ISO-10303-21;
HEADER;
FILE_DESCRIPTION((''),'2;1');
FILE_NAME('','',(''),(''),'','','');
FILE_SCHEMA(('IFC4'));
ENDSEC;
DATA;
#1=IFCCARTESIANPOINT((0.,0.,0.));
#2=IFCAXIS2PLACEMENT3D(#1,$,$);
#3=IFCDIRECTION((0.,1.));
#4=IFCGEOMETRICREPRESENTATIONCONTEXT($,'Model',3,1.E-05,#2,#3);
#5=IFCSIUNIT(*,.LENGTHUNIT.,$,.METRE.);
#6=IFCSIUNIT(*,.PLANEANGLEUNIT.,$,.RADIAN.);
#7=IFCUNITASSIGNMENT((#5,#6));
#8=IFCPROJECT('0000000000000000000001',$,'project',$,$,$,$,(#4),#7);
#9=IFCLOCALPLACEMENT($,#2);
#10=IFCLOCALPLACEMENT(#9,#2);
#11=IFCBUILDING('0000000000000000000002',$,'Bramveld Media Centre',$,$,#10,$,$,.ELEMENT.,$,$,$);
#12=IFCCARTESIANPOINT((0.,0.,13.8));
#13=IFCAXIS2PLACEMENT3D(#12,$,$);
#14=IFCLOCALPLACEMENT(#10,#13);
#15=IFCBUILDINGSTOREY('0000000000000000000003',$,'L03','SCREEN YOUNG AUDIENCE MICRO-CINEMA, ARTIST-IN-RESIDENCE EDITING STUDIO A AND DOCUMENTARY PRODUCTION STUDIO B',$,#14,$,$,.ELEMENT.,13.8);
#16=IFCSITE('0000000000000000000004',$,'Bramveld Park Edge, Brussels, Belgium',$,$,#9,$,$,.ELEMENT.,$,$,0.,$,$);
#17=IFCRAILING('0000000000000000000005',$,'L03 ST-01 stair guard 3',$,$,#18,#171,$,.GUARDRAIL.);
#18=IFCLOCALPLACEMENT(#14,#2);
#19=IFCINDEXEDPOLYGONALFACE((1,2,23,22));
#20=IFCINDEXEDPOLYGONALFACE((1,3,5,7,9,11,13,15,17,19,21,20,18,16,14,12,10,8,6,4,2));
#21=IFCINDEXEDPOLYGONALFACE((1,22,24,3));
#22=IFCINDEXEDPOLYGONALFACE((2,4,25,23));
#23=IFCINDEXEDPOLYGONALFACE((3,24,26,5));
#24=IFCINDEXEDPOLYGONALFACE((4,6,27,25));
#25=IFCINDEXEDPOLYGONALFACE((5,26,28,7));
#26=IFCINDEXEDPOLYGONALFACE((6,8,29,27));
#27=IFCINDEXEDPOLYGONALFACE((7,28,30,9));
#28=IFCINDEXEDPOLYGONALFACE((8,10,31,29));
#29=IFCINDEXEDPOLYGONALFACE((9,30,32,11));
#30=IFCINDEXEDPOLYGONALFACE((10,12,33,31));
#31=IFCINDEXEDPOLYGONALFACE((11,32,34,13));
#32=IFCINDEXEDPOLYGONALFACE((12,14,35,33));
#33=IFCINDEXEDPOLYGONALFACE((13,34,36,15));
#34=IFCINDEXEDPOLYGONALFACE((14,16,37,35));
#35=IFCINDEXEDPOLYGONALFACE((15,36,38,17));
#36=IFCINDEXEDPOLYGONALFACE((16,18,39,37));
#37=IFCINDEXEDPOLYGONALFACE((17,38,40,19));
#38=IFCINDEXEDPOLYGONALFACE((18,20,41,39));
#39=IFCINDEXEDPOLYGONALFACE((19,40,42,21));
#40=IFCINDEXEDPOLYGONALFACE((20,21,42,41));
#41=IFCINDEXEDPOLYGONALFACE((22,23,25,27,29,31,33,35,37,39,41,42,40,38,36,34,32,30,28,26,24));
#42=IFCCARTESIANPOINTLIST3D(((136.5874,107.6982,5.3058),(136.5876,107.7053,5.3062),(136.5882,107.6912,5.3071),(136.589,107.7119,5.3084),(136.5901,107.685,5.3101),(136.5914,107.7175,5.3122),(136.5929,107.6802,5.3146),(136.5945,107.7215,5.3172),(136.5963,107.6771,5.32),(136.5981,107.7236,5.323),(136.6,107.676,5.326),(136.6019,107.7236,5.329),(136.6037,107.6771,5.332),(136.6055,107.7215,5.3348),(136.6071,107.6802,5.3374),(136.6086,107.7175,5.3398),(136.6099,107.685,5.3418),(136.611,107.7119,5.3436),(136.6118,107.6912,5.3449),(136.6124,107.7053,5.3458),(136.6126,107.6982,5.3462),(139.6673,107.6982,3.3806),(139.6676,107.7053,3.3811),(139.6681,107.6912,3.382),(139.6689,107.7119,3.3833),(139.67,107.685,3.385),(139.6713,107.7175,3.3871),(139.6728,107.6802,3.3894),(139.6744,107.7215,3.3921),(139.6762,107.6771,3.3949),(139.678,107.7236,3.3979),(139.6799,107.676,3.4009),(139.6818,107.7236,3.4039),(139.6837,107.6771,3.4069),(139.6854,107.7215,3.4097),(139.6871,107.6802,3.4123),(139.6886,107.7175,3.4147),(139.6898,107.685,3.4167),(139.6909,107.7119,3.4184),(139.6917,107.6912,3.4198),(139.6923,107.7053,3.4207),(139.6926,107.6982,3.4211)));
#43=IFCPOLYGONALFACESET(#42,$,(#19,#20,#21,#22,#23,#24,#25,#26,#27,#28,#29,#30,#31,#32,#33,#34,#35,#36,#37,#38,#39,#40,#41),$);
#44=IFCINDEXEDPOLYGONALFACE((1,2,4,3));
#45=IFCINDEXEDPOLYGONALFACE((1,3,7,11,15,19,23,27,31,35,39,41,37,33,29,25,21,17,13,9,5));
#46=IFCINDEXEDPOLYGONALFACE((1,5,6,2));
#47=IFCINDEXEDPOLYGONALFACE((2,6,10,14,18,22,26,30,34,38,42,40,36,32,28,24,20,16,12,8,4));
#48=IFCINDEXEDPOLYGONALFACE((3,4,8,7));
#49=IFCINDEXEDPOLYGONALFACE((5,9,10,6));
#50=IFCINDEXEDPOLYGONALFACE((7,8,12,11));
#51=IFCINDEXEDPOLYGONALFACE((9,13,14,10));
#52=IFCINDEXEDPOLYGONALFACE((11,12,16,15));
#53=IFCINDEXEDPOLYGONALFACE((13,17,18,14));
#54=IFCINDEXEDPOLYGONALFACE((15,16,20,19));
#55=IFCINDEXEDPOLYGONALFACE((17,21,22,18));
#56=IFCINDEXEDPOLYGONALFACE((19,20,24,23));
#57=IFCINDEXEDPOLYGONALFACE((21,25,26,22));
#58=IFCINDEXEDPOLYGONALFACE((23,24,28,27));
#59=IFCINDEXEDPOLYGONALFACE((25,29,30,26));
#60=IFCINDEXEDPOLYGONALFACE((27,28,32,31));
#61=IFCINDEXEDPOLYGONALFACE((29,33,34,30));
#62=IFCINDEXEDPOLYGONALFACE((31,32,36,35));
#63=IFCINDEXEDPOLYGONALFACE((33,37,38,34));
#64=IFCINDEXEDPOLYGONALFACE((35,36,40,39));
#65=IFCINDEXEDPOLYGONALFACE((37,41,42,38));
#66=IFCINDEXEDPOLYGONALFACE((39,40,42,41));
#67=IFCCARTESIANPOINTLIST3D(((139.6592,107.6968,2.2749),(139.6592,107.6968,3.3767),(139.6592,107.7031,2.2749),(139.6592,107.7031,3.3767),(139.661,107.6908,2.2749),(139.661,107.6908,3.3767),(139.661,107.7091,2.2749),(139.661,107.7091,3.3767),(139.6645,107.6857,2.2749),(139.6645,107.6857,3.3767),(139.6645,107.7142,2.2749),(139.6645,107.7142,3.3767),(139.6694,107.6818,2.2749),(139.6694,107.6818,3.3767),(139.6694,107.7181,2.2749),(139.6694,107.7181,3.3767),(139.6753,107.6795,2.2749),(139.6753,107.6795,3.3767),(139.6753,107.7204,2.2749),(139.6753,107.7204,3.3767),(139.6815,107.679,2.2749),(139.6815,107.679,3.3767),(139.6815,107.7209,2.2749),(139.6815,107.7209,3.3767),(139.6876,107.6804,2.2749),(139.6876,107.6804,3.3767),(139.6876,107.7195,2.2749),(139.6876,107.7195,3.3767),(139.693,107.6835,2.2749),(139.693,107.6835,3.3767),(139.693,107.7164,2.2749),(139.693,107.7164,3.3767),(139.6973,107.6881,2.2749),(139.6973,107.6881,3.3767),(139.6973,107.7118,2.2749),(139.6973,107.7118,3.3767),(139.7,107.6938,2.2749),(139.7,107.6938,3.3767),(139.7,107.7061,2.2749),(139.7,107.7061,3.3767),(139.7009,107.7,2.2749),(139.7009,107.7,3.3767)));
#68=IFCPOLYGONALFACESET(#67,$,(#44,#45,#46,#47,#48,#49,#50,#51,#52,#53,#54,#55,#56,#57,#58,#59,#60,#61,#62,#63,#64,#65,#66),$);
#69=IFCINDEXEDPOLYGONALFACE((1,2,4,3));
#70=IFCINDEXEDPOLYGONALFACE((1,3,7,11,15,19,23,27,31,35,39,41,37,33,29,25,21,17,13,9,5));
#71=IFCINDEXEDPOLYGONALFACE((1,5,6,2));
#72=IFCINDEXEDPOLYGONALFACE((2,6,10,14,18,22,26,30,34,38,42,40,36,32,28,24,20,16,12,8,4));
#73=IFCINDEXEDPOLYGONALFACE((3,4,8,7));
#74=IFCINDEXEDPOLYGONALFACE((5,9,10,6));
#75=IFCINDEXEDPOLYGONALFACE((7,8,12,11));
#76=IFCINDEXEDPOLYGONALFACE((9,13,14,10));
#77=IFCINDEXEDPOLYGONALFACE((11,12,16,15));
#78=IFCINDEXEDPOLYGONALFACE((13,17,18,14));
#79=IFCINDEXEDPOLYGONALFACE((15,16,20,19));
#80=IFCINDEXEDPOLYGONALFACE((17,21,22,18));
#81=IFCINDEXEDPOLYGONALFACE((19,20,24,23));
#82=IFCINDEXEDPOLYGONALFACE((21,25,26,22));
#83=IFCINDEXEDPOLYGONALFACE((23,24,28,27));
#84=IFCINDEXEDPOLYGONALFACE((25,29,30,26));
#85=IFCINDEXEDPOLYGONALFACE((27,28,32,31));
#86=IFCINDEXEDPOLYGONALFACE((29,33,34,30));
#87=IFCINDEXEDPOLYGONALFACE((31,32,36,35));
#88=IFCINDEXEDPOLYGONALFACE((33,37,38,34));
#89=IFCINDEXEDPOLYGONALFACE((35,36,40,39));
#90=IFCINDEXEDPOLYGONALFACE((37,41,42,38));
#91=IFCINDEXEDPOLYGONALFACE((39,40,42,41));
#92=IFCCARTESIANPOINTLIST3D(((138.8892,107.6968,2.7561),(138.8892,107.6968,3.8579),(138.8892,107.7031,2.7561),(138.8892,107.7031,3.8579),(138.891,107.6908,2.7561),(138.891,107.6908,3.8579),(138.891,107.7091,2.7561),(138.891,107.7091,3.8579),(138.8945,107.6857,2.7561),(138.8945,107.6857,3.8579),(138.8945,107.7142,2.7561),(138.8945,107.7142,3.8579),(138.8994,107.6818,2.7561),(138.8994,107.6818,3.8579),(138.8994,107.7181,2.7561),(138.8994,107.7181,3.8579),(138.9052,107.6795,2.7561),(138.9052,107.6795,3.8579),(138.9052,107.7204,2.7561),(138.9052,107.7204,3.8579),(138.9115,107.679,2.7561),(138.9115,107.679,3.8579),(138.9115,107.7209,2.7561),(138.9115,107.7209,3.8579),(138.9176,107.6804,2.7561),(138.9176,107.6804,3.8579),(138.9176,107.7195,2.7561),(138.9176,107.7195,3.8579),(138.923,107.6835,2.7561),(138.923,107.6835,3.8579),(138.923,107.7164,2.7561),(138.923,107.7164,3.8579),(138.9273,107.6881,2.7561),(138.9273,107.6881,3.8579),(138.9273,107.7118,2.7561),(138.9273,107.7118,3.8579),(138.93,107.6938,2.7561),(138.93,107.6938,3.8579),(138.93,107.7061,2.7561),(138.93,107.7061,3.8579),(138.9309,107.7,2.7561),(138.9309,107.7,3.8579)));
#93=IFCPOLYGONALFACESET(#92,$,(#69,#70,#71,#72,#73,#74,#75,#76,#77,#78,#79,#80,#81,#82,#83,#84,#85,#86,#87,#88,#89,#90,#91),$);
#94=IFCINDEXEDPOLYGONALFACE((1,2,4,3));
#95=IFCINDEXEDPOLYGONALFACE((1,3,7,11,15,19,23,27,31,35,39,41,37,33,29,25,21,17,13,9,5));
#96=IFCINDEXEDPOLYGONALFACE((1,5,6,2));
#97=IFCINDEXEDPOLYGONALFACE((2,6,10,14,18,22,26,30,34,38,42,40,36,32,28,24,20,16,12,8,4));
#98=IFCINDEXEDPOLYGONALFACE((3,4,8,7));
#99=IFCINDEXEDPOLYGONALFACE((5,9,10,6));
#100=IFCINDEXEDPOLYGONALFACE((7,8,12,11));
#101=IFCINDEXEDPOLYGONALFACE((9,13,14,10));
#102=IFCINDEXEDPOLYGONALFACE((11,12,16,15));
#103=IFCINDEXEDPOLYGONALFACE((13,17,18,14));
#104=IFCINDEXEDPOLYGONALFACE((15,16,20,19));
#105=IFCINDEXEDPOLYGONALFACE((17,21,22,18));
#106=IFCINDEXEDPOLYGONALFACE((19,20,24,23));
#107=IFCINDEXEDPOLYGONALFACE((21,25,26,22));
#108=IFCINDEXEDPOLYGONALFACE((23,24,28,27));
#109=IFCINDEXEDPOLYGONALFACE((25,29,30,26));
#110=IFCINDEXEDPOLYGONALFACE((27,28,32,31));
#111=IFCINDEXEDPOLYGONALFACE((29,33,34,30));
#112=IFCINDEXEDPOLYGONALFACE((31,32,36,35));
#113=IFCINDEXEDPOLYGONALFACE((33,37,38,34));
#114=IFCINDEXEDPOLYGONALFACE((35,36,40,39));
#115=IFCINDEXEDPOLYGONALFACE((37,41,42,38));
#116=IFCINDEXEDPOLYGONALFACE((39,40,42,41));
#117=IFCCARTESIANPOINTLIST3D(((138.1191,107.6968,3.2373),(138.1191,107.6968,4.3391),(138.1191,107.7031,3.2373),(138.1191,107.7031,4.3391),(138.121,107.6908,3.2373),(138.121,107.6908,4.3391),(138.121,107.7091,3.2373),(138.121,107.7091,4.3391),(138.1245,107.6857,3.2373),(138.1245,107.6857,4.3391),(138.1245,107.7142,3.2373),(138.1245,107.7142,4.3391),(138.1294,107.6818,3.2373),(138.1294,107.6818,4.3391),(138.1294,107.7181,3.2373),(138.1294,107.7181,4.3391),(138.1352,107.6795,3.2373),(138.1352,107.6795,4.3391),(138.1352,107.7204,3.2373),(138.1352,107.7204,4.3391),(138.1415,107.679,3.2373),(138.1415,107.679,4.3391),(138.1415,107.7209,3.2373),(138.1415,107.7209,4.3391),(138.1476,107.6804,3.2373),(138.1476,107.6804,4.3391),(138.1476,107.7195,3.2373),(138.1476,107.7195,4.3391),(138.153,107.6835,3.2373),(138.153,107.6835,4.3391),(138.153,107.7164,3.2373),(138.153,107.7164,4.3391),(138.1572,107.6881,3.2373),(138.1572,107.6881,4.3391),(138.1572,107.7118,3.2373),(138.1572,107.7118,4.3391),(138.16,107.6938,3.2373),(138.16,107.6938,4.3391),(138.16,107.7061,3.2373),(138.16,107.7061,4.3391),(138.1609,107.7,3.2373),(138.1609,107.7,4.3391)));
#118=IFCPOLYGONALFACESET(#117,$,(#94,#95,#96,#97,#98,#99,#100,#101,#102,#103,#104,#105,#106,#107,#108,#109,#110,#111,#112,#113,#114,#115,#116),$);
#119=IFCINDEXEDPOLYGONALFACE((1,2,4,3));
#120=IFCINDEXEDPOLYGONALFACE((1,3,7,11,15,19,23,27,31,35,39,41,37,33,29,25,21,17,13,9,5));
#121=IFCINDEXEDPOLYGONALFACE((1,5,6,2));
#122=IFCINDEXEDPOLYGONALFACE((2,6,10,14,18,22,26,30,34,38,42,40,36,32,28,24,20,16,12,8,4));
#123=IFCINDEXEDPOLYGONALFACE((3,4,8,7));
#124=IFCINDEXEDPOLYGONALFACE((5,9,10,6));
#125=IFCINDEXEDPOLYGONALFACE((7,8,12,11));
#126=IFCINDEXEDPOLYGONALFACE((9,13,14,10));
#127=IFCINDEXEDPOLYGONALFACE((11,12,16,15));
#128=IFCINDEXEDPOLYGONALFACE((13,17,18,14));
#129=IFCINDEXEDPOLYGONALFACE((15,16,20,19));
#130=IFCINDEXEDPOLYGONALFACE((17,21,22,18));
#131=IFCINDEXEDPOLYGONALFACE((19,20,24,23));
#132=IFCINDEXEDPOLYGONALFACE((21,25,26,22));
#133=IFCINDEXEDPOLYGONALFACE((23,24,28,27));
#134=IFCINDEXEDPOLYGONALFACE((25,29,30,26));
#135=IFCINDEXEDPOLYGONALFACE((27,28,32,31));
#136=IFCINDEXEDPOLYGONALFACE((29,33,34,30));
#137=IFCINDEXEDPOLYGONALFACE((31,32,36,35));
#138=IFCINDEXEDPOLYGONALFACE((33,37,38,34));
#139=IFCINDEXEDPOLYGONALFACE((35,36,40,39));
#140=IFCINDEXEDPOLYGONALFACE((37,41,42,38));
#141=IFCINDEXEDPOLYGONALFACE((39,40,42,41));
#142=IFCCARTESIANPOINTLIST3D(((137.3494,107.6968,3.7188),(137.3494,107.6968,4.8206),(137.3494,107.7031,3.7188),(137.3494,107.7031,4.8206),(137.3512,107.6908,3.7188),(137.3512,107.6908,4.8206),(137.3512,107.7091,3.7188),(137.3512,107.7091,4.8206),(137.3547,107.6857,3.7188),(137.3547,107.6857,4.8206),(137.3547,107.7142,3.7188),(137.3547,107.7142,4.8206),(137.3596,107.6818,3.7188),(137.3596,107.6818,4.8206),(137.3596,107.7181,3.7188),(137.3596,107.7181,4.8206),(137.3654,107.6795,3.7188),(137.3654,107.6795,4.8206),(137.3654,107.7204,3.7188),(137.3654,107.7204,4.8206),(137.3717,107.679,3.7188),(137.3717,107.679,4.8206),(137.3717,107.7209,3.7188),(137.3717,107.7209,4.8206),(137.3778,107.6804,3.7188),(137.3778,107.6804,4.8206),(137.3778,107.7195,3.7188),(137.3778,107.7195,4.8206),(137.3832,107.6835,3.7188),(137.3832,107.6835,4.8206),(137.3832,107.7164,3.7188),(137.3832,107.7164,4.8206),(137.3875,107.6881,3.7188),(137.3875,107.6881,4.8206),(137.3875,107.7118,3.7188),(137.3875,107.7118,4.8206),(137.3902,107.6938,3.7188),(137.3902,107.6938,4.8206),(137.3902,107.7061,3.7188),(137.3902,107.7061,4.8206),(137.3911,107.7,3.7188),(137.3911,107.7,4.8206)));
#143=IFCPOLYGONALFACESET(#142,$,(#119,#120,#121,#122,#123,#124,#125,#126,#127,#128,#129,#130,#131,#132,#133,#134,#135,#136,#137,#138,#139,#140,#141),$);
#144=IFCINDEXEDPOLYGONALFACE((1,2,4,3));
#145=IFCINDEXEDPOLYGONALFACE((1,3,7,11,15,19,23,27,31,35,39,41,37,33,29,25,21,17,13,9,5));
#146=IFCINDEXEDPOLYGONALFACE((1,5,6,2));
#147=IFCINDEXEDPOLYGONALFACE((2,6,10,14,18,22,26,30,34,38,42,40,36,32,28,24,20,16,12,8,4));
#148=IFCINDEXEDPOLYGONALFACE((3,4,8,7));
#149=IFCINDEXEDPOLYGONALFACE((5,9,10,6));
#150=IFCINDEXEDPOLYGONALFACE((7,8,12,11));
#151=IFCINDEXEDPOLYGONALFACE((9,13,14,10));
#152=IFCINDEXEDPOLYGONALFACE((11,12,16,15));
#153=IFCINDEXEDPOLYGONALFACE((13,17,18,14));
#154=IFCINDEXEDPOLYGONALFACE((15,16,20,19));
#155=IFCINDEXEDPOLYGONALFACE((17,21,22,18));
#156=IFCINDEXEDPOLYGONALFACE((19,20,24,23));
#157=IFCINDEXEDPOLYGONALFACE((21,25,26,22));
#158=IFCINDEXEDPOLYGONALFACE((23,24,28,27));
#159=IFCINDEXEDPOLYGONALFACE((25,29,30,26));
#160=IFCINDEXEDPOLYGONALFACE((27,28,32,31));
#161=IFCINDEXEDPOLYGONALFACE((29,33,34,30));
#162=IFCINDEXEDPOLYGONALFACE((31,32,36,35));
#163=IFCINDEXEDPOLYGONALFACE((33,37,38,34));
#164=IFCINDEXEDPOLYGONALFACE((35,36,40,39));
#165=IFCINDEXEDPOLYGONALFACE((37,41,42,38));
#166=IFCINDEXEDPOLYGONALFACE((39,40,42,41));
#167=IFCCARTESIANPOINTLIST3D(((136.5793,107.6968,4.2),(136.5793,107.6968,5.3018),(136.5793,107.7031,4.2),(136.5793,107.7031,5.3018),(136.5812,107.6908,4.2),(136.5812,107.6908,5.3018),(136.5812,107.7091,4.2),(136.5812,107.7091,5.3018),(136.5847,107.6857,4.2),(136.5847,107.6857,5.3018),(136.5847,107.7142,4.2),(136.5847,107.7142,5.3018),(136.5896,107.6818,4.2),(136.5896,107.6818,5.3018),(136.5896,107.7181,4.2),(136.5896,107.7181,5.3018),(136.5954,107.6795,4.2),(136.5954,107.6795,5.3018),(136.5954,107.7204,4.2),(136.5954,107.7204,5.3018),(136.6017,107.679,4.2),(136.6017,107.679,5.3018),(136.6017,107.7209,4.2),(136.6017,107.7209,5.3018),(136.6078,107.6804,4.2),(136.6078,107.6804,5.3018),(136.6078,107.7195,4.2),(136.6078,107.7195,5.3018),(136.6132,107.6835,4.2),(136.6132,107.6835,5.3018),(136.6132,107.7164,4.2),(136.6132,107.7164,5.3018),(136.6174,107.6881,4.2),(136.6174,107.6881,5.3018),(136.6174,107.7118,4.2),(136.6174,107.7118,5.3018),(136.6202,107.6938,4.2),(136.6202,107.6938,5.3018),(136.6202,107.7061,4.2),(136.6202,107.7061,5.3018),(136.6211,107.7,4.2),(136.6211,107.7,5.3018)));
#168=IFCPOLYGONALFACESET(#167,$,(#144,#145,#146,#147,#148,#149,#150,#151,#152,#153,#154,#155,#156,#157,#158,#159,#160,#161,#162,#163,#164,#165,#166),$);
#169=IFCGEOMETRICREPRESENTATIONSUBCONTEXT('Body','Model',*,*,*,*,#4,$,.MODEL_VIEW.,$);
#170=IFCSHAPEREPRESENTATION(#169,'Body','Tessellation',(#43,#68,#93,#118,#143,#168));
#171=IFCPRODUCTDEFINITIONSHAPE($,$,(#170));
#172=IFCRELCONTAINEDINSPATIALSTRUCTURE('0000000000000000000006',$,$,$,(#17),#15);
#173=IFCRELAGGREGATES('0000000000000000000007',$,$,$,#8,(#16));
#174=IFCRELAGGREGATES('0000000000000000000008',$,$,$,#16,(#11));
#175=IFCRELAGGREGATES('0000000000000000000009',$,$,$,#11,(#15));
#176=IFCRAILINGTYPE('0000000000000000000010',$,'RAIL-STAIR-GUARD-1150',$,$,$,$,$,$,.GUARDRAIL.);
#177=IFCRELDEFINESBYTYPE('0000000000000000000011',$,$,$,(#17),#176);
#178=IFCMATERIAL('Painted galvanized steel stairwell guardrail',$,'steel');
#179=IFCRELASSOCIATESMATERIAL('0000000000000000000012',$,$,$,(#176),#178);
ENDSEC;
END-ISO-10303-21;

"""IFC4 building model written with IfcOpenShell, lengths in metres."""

from ifc_helpers import new_model, si_unit, direction, frame, origin, origin_2d, place, context, subcontext, project, spatial, circle, extrude, material, type_object, element, save


model = new_model("IFC4")

# Units and contexts
model_context = context("Model", 3, precision=1e-05, world=origin(), true_north=direction((0.0, 1.0)))
body_context = subcontext(model_context, "Body", "Model", "MODEL_VIEW")
ifc_project = project(units=[si_unit("LENGTHUNIT", "METRE"), si_unit("PLANEANGLEUNIT", "RADIAN")], contexts=[model_context])

# Site, building, storey
site_placement = place(None, origin())
site = spatial("IfcSite", under=ifc_project, at=site_placement, Name="Bramveld Park Edge, Brussels, Belgium", CompositionType="ELEMENT", RefElevation=0.0)
building_placement = place(site_placement, origin())
building = spatial("IfcBuilding", under=site, at=building_placement, Name="Bramveld Media Centre", CompositionType="ELEMENT")
storey_placement = place(building_placement, frame((0.0, 0.0, 13.8)))
storey = spatial("IfcBuildingStorey", under=building, at=storey_placement, Name="L03", Description="SCREEN YOUNG AUDIENCE MICRO-CINEMA, ARTIST-IN-RESIDENCE EDITING STUDIO A AND DOCUMENTARY PRODUCTION STUDIO B", CompositionType="ELEMENT", Elevation=13.8)

# Railing
ifc_material_1 = material(Name="Painted galvanized steel stairwell guardrail", Category="steel")
railing_type_1 = type_object("IfcRailingType", Name="RAIL-STAIR-GUARD-1150", PredefinedType="GUARDRAIL", material=ifc_material_1)
railing_1_placement = place(storey_placement, frame((139.6799, 107.7, 2.2749)))
element("IfcRailing", 1, at=railing_1_placement, inside=storey, type_object=railing_type_1, Name="L03 ST-01 stair guard 3", PredefinedType="GUARDRAIL", context=body_context, shape_type="SweptSolid", body=[
    extrude(circle(Radius=0.0239, at=origin_2d()), frame((0.0, 0.0, 1.126), z_axis=(-0.847979, 0.0, 0.530029), x_axis=(0.0, -1.0, 0.0)), (0.0, 0.0, 1.0), 3.6321),
    extrude(circle(Radius=0.021, at=origin_2d()), origin(), (0.0, 0.0, 1.0), 1.1018),
    extrude(circle(Radius=0.021, at=origin_2d()), frame((-0.77, 0.0, 0.4812)), (0.0, 0.0, 1.0), 1.1018),
    extrude(circle(Radius=0.021, at=origin_2d()), frame((-1.54, 0.0, 0.9624)), (0.0, 0.0, 1.0), 1.1018),
    extrude(circle(Radius=0.021, at=origin_2d()), frame((-2.3098, 0.0, 1.4438)), (0.0, 0.0, 1.0), 1.1018),
    extrude(circle(Radius=0.021, at=origin_2d()), frame((-3.0798, 0.0, 1.925)), (0.0, 0.0, 1.0), 1.1018),
])

save(model, "model.ifc")
